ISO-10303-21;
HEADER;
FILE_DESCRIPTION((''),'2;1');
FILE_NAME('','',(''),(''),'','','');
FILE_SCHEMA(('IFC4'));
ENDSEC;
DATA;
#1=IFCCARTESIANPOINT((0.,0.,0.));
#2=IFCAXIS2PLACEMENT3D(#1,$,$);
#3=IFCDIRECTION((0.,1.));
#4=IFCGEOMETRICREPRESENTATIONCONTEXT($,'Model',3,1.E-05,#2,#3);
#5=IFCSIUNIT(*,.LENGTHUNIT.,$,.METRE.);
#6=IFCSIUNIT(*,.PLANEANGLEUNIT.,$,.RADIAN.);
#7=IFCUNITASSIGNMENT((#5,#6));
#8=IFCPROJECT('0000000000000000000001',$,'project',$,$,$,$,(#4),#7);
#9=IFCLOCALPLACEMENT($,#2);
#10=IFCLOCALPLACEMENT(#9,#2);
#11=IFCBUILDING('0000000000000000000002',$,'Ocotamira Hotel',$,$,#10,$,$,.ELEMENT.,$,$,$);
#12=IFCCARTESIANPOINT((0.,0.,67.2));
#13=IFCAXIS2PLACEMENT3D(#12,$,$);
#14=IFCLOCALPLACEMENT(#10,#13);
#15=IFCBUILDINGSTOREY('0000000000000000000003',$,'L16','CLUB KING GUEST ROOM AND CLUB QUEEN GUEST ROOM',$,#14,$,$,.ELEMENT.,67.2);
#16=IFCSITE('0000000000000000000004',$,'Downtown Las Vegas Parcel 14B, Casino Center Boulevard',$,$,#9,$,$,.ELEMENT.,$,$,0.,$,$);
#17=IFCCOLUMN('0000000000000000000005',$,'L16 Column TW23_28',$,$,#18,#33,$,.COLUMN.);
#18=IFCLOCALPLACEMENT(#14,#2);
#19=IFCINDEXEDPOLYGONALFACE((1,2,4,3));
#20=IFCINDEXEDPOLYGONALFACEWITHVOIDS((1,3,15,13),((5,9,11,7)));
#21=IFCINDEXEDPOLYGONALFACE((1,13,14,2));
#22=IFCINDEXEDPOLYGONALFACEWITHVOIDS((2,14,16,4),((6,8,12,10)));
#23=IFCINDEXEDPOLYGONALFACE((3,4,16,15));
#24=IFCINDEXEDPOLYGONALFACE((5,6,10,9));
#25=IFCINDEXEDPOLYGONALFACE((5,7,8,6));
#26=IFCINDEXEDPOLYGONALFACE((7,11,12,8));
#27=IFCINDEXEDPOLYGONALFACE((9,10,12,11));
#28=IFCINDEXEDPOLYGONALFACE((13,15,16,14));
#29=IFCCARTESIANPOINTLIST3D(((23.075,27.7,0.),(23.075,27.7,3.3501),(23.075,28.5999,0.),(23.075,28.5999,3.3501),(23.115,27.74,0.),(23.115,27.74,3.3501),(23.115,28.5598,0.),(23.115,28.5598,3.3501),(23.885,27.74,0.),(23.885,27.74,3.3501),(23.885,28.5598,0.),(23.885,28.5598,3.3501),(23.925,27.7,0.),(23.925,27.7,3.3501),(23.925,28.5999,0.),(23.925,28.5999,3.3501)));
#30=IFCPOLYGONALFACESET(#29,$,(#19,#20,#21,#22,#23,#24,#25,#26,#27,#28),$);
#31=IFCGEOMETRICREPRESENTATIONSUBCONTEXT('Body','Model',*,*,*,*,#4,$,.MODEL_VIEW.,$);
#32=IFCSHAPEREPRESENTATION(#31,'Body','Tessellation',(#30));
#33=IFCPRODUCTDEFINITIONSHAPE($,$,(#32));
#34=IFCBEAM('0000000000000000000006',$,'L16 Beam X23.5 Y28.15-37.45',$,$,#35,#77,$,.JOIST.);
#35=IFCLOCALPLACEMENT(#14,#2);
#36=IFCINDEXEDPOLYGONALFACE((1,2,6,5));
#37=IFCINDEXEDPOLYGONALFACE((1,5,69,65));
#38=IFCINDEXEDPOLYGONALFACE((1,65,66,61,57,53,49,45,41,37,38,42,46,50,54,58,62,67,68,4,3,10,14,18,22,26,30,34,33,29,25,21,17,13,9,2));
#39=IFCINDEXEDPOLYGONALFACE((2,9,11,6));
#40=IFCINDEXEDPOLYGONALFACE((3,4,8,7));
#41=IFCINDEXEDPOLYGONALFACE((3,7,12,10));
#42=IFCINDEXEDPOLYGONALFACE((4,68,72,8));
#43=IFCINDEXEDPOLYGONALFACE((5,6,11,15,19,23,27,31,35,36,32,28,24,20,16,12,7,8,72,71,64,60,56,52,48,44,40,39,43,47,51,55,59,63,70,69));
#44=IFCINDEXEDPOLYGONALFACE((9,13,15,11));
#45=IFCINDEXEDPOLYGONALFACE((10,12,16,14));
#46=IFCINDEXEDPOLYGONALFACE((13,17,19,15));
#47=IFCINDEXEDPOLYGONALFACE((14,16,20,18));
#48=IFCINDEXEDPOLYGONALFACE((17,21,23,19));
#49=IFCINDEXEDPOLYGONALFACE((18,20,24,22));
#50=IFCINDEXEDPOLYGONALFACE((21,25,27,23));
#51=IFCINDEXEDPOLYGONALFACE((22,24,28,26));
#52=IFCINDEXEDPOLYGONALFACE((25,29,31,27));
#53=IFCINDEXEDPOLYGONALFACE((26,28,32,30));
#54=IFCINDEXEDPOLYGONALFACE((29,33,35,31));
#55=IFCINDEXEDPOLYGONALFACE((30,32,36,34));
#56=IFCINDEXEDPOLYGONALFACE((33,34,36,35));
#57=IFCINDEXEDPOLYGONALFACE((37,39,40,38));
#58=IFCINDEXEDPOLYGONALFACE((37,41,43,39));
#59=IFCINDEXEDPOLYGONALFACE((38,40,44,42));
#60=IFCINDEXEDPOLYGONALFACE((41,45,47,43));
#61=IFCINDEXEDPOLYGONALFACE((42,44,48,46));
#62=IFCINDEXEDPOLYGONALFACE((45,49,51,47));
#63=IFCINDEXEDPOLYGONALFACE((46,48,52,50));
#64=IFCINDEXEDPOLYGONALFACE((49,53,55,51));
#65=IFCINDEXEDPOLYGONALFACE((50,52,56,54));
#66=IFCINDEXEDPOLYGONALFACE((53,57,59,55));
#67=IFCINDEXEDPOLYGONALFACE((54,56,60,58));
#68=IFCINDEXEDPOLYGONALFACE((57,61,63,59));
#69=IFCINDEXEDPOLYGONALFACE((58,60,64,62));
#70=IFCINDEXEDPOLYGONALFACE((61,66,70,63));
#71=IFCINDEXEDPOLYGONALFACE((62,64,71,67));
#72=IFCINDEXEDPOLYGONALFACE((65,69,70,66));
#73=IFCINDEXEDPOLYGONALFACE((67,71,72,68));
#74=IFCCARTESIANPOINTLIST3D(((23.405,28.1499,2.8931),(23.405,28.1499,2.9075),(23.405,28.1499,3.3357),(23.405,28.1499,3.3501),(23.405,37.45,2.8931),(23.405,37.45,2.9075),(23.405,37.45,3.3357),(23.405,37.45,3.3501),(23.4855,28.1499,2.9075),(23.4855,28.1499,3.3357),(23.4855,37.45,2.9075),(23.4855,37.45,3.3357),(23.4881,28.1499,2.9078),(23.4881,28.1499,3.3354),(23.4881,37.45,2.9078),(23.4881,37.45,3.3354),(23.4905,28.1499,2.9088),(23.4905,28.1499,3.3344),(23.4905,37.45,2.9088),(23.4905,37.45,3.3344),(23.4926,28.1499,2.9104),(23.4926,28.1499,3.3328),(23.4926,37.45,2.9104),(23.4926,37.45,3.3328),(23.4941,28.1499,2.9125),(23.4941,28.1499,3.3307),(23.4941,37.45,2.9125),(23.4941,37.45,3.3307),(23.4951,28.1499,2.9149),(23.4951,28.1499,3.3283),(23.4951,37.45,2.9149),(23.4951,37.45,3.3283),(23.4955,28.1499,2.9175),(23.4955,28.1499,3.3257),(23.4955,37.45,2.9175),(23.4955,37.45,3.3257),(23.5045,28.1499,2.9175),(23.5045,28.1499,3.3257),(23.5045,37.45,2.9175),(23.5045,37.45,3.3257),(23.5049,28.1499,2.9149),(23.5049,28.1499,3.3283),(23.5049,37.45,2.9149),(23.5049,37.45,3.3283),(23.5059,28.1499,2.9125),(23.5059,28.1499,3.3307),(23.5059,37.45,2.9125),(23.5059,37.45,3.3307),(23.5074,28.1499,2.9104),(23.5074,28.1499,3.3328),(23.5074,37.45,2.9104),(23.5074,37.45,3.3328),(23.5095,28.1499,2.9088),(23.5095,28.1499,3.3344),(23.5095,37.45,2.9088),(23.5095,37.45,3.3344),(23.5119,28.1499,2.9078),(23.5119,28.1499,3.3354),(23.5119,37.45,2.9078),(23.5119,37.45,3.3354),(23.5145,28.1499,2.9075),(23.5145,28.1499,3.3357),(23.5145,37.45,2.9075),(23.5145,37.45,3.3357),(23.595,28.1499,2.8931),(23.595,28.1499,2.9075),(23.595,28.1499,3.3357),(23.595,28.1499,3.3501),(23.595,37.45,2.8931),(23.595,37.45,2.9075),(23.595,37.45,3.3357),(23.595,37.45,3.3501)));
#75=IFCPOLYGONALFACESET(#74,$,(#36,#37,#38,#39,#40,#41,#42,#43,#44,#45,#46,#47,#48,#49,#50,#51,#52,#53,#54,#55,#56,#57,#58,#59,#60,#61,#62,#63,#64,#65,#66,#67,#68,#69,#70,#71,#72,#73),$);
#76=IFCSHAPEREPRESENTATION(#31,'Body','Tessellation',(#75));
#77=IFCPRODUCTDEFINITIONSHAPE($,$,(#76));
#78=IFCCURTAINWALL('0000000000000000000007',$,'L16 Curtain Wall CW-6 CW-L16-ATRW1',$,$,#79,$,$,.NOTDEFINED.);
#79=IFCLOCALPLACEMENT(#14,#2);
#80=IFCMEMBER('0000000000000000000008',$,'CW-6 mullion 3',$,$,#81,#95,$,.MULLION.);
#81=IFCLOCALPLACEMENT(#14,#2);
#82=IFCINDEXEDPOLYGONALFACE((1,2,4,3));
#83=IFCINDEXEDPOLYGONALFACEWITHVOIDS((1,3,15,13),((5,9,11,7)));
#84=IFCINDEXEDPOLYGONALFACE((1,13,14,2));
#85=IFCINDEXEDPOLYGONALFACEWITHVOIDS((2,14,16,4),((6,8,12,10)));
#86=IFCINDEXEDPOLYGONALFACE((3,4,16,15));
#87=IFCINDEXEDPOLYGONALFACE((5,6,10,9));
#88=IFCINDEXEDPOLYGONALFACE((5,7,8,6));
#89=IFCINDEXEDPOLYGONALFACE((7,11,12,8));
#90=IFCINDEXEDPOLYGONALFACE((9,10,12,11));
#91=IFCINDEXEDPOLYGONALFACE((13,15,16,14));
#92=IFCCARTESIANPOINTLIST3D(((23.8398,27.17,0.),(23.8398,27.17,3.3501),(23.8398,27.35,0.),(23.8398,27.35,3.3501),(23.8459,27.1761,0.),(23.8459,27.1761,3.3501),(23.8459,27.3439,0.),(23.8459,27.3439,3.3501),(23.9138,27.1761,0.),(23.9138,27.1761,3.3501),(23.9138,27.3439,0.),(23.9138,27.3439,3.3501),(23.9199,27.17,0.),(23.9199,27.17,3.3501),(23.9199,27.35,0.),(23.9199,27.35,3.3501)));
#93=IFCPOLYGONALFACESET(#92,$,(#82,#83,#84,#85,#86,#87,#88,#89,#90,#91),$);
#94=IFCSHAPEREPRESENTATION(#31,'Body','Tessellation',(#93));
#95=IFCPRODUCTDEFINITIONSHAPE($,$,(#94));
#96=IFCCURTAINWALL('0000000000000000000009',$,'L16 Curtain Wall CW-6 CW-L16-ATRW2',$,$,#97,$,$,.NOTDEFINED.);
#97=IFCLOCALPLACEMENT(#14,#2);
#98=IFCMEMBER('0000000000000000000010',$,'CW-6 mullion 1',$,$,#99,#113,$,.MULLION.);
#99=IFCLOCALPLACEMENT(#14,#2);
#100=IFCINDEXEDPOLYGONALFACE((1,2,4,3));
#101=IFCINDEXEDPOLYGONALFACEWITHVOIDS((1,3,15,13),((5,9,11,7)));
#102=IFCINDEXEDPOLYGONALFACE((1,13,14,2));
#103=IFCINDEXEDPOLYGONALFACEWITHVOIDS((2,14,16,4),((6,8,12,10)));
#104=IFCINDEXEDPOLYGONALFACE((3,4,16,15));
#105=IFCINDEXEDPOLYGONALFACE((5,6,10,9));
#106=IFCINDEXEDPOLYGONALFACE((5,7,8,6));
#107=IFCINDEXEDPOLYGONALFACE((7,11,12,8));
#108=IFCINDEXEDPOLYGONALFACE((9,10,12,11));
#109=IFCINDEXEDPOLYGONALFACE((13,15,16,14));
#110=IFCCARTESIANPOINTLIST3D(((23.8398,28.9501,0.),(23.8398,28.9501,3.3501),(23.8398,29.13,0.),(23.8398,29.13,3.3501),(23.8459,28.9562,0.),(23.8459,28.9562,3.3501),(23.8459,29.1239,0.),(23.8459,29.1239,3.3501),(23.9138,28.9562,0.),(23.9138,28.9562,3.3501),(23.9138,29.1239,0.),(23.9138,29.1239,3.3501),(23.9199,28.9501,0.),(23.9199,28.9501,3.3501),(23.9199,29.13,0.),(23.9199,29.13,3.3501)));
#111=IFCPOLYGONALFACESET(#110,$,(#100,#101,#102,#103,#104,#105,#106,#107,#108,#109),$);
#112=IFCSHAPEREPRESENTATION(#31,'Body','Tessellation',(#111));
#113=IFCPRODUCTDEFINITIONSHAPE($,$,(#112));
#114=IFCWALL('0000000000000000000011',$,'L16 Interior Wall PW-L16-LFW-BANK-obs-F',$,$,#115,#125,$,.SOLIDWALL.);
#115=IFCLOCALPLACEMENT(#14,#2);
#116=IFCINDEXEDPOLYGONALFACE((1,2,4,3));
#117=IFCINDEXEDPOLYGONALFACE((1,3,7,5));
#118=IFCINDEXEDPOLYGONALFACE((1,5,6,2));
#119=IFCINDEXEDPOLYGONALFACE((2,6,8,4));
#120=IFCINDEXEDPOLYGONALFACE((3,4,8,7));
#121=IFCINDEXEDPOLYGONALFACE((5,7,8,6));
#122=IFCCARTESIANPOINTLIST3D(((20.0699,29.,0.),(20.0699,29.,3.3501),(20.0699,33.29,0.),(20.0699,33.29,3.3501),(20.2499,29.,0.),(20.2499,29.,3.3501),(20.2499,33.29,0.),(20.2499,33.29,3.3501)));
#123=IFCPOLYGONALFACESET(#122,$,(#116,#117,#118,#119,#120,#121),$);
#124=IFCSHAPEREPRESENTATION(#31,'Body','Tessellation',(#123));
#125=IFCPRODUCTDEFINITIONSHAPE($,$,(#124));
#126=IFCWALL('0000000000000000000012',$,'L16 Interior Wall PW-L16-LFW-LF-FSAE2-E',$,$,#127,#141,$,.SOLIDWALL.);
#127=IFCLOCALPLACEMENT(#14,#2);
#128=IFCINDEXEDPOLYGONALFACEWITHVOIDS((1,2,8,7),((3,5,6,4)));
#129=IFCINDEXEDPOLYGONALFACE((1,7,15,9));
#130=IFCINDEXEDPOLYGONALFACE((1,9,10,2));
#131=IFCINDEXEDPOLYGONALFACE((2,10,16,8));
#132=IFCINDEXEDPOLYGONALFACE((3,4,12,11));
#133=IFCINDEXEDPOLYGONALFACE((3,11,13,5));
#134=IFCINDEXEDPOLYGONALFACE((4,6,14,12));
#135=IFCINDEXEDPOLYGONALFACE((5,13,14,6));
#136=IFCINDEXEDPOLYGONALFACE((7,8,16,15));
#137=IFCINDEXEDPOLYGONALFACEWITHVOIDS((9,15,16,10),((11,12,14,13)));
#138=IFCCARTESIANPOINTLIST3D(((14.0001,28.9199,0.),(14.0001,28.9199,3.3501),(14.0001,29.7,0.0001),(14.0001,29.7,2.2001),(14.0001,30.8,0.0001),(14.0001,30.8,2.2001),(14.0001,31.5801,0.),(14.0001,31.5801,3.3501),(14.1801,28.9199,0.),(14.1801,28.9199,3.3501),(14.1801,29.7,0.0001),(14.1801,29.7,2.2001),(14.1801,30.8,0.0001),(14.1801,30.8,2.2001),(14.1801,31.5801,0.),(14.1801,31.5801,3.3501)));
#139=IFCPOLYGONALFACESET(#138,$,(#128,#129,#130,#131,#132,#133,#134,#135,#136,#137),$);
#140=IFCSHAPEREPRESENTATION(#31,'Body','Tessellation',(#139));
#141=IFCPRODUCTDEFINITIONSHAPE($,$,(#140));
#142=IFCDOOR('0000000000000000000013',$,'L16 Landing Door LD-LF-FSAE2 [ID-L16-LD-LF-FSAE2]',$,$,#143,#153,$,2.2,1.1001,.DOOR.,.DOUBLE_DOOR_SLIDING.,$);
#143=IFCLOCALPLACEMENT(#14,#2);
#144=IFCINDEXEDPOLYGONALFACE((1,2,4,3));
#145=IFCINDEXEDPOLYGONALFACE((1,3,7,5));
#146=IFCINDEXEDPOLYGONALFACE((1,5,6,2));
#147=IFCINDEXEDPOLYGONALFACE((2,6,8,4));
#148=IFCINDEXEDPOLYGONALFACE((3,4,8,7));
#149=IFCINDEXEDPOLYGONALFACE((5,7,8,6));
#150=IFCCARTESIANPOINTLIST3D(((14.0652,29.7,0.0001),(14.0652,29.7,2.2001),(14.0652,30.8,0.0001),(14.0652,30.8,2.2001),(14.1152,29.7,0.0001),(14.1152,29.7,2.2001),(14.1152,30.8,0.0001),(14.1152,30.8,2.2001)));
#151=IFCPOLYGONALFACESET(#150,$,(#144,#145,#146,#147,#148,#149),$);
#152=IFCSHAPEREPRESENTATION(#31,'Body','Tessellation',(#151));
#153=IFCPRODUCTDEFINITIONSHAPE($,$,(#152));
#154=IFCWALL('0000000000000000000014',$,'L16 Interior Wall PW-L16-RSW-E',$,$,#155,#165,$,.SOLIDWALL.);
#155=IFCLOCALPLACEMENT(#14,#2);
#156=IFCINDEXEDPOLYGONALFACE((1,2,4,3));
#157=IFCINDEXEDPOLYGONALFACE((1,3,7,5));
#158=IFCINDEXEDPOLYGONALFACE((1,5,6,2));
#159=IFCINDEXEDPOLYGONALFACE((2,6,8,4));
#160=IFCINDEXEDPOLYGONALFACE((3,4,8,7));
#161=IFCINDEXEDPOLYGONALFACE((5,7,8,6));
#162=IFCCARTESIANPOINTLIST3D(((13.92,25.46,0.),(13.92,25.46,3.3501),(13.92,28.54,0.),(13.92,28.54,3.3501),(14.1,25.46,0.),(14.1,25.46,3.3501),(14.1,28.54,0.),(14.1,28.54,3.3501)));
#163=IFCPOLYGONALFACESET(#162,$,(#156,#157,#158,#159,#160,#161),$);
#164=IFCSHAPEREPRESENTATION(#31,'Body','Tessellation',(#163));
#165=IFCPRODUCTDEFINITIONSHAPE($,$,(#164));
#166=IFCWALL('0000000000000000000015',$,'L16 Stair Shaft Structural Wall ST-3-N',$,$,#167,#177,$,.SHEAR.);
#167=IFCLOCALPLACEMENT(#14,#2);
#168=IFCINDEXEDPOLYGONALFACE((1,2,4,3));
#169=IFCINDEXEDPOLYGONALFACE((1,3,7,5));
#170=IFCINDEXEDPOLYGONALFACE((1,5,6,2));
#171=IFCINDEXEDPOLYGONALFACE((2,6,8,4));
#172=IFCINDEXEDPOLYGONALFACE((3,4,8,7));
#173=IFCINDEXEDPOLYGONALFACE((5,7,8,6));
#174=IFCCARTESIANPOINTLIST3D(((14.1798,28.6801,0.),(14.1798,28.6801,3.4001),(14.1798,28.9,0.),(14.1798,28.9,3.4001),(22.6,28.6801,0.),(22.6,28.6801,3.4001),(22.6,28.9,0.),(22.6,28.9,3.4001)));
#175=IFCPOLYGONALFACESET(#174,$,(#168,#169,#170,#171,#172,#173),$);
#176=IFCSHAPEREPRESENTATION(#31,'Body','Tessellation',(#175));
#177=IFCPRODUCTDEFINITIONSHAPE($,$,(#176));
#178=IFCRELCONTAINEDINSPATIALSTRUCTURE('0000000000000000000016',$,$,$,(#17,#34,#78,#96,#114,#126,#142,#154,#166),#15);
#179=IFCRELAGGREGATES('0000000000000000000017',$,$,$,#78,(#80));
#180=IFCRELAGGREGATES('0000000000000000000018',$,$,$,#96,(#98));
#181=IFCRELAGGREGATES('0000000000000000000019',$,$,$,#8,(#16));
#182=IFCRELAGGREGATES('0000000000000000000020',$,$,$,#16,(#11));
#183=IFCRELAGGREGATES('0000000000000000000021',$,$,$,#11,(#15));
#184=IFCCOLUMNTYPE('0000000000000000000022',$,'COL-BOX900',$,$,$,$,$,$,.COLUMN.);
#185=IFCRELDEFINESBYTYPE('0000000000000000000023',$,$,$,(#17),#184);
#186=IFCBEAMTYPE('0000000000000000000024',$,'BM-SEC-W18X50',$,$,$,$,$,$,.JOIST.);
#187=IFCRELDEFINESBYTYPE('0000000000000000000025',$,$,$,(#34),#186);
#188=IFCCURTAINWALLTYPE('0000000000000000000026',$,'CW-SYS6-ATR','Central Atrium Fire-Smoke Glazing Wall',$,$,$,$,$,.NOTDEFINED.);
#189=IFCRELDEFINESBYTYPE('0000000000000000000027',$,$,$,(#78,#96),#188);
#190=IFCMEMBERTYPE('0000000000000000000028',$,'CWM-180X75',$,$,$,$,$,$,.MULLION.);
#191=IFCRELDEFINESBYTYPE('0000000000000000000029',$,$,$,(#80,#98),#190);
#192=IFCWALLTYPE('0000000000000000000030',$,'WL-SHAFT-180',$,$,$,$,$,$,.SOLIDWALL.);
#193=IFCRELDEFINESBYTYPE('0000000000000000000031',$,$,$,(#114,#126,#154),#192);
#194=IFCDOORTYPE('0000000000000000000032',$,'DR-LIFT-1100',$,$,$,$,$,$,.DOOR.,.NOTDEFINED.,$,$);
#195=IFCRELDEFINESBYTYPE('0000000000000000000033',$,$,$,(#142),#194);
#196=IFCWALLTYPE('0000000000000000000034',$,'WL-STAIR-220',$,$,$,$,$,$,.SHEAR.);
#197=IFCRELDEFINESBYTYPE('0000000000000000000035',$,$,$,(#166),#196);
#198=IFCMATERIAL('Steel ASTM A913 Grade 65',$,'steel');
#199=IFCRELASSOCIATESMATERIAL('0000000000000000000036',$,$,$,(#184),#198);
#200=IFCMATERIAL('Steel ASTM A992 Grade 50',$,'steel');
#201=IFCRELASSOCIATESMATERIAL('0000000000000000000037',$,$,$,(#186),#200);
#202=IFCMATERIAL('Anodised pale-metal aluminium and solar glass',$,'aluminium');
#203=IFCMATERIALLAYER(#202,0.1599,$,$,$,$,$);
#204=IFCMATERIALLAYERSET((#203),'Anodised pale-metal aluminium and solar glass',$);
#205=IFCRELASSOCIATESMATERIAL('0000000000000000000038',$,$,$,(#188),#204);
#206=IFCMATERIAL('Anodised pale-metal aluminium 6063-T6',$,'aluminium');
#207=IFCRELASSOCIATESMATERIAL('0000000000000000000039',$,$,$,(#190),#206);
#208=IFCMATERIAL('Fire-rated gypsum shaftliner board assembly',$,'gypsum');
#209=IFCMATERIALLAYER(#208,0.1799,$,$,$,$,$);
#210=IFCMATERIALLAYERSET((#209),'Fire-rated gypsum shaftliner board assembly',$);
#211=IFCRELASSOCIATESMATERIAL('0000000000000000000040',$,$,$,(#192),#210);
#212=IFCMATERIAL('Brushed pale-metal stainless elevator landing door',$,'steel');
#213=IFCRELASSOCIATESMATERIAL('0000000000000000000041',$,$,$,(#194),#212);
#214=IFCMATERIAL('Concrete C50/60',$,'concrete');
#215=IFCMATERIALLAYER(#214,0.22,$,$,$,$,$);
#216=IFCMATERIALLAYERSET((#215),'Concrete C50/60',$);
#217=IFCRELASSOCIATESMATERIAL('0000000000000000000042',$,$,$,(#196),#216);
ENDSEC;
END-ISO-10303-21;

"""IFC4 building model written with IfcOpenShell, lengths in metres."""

from ifc_helpers import new_model, si_unit, direction, frame, frame_2d, origin, origin_2d, place, context, subcontext, project, spatial, rectangle, hollow_rectangle, i_section, extrude, source, transform, mapped, material, layer, layer_set, material_profile, profile_set, type_object, element, fill, aggregate, save


model = new_model("IFC4")

# Units and contexts
model_context = context("Model", 3, precision=1e-05, world=origin(), true_north=direction((0.0, 1.0)))
body_context = subcontext(model_context, "Body", "Model", "MODEL_VIEW")
ifc_project = project(units=[si_unit("LENGTHUNIT", "METRE"), si_unit("PLANEANGLEUNIT", "RADIAN")], contexts=[model_context])

# Site, building, storey
site_placement = place(None, origin())
site = spatial("IfcSite", under=ifc_project, at=site_placement, Name="Downtown Las Vegas Parcel 14B, Casino Center Boulevard", CompositionType="ELEMENT", RefElevation=0.0)
building_placement = place(site_placement, origin())
building = spatial("IfcBuilding", under=site, at=building_placement, Name="Ocotamira Hotel", CompositionType="ELEMENT")
storey_placement = place(building_placement, frame((0.0, 0.0, 67.2)))
storey = spatial("IfcBuildingStorey", under=building, at=storey_placement, Name="L16", Description="CLUB KING GUEST ROOM AND CLUB QUEEN GUEST ROOM", CompositionType="ELEMENT", Elevation=67.2)

# Column
ifc_material_1 = material(Name="Steel ASTM A913 Grade 65", Category="steel")
ifc_material_profile_1 = material_profile(ifc_material_1, hollow_rectangle(XDim=0.8501, YDim=0.8999, WallThickness=0.04, at=origin_2d()), Name="BOX900X850X40")
ifc_profile_set_1 = profile_set([ifc_material_profile_1], Name="Steel ASTM A913 Grade 65")
column_type = type_object("IfcColumnType", Name="COL-BOX900", PredefinedType="COLUMN", material=ifc_profile_set_1)
shared_shape_1 = source(origin(), body_context, "Body", "SweptSolid", [
    extrude(hollow_rectangle(XDim=0.8501, YDim=0.8999, WallThickness=0.04, at=origin_2d()), origin(), (0.0, 0.0, 1.0), 3.3501),
])
column_placement = place(storey_placement, frame((23.5, 28.1499, 0.0), z_axis=(0.0, 0.0, 1.0), x_axis=(1.0, 0.0, 0.0)))
element("IfcColumn", 1, at=column_placement, inside=storey, type_object=column_type, Name="L16 Column TW23_28", PredefinedType="COLUMN", context=body_context, shape_type="MappedRepresentation", body=[
    mapped(shared_shape_1, transform((0.0, 0.0, 0.0), scale=1.0)),
])

# Beam
ifc_material_2 = material(Name="Steel ASTM A992 Grade 50", Category="steel")
ifc_material_profile_2 = material_profile(ifc_material_2, i_section(OverallWidth=0.1899, OverallDepth=0.457, WebThickness=0.009, FlangeThickness=0.0144, FilletRadius=0.01, at=origin_2d()), Name="W18X50")
ifc_profile_set_2 = profile_set([ifc_material_profile_2], Name="Steel ASTM A992 Grade 50")
beam_type = type_object("IfcBeamType", Name="BM-SEC-W18X50", PredefinedType="JOIST", material=ifc_profile_set_2)
shared_shape_2 = source(origin(), body_context, "Body", "SweptSolid", [
    extrude(i_section(OverallWidth=0.1899, OverallDepth=0.457, WebThickness=0.009, FlangeThickness=0.0144, FilletRadius=0.01, at=origin_2d()), origin(), (0.0, 0.0, 1.0), 9.3),
])
beam_placement = place(storey_placement, frame((23.5, 28.1499, 3.1216), z_axis=(0.0, 1.0, 0.0), x_axis=(-1.0, 0.0, 0.0)))
element("IfcBeam", 2, at=beam_placement, inside=storey, type_object=beam_type, Name="L16 Beam X23.5 Y28.15-37.45", PredefinedType="JOIST", context=body_context, shape_type="MappedRepresentation", body=[
    mapped(shared_shape_2, transform((0.0, 0.0, 0.0), scale=1.0)),
])

# Curtain walls, members
ifc_material_3 = material(Name="Anodised pale-metal aluminium and solar glass", Category="aluminium")
ifc_layer_1 = layer(ifc_material_3, 0.1599)
ifc_layer_set_1 = layer_set([ifc_layer_1], Name="Anodised pale-metal aluminium and solar glass")
curtain_wall_type = type_object("IfcCurtainWallType", Name="CW-SYS6-ATR", Description="Central Atrium Fire-Smoke Glazing Wall", PredefinedType="NOTDEFINED", material=ifc_layer_set_1)
curtain_wall_1_placement = place(storey_placement, origin())
curtain_wall_1 = element("IfcCurtainWall", 3, at=curtain_wall_1_placement, inside=storey, type_object=curtain_wall_type, Name="L16 Curtain Wall CW-6 CW-L16-ATRW1", PredefinedType="NOTDEFINED")
ifc_material_4 = material(Name="Anodised pale-metal aluminium 6063-T6", Category="aluminium")
ifc_material_profile_3 = material_profile(ifc_material_4, hollow_rectangle(XDim=0.0801, YDim=0.1799, WallThickness=0.0061, at=origin_2d()), Name="HSS180X80X6")
ifc_profile_set_3 = profile_set([ifc_material_profile_3], Name="Anodised pale-metal aluminium 6063-T6")
member_type = type_object("IfcMemberType", Name="CWM-180X75", PredefinedType="MULLION", material=ifc_profile_set_3)
shared_shape_3 = source(origin(), body_context, "Body", "SweptSolid", [
    extrude(hollow_rectangle(XDim=0.0801, YDim=0.1799, WallThickness=0.0061, at=origin_2d()), origin(), (0.0, 0.0, 1.0), 3.3501),
])
member_1_placement = place(storey_placement, frame((23.8799, 27.26, 0.0), z_axis=(0.0, 0.0, 1.0), x_axis=(-1.0, 0.0, 0.0)))
member_1 = element("IfcMember", 4, at=member_1_placement, type_object=member_type, Name="CW-6 mullion 3", PredefinedType="MULLION", context=body_context, shape_type="MappedRepresentation", body=[
    mapped(shared_shape_3, transform((0.0, 0.0, 0.0), scale=1.0)),
])
aggregate(curtain_wall_1, [member_1])
curtain_wall_2_placement = place(storey_placement, origin())
curtain_wall_2 = element("IfcCurtainWall", 5, at=curtain_wall_2_placement, inside=storey, type_object=curtain_wall_type, Name="L16 Curtain Wall CW-6 CW-L16-ATRW2", PredefinedType="NOTDEFINED")
member_2_placement = place(storey_placement, frame((23.8799, 29.04, 0.0), z_axis=(0.0, 0.0, 1.0), x_axis=(-1.0, 0.0, 0.0)))
member_2 = element("IfcMember", 6, at=member_2_placement, type_object=member_type, Name="CW-6 mullion 1", PredefinedType="MULLION", context=body_context, shape_type="MappedRepresentation", body=[
    mapped(shared_shape_3, transform((0.0, 0.0, 0.0), scale=1.0)),
])
aggregate(curtain_wall_2, [member_2])

# Wall
ifc_material_5 = material(Name="Fire-rated gypsum shaftliner board assembly", Category="gypsum")
ifc_layer_2 = layer(ifc_material_5, 0.1799)
ifc_layer_set_2 = layer_set([ifc_layer_2], Name="Fire-rated gypsum shaftliner board assembly")
wall_type_1 = type_object("IfcWallType", Name="WL-SHAFT-180", PredefinedType="SOLIDWALL", material=ifc_layer_set_2)
wall_1_placement = place(storey_placement, frame((20.1599, 29.0, 0.0), z_axis=(0.0, 0.0, 1.0), x_axis=(0.0, 1.0, 0.0)))
element("IfcWall", 7, at=wall_1_placement, inside=storey, type_object=wall_type_1, Name="L16 Interior Wall PW-L16-LFW-BANK-obs-F", PredefinedType="SOLIDWALL", context=body_context, shape_type="SweptSolid", body=[
    extrude(rectangle(XDim=4.29, YDim=0.1799, at=frame_2d((2.145, 0.0))), origin(), (0.0, 0.0, 1.0), 3.3501),
])

# Wall, opening, door
wall_2_placement = place(storey_placement, frame((14.0901, 28.9199, 0.0), z_axis=(0.0, 0.0, 1.0), x_axis=(0.0, 1.0, 0.0)))
wall_2 = element("IfcWall", 8, at=wall_2_placement, inside=storey, type_object=wall_type_1, Name="L16 Interior Wall PW-L16-LFW-LF-FSAE2-E", PredefinedType="SOLIDWALL", context=body_context, shape_type="SweptSolid", body=[
    extrude(rectangle(XDim=2.6602, YDim=0.1799, at=frame_2d((1.3301, 0.0))), origin(), (0.0, 0.0, 1.0), 3.3501),
])
opening_1_placement = place(wall_2_placement, frame((0.78, 0.0, 0.0)))
opening_1 = element("IfcOpeningElement", 9, at=opening_1_placement, cuts=wall_2, PredefinedType="OPENING", context=body_context, shape_type="SweptSolid", body=[
    extrude(rectangle(XDim=1.1001, YDim=2.2, at=frame_2d((0.55, 1.1001))), frame((0.0, 0.1001, 0.0), z_axis=(0.0, -1.0, 0.0), x_axis=(1.0, 0.0, 0.0)), (0.0, 0.0, 1.0), 0.2),
])
ifc_material_6 = material(Name="Brushed pale-metal stainless elevator landing door", Category="steel")
door_type_1 = type_object("IfcDoorType", Name="DR-LIFT-1100", OperationType="NOTDEFINED", PredefinedType="DOOR", material=ifc_material_6)
shared_shape_4 = source(origin(), body_context, "Body", "SweptSolid", [
    extrude(rectangle(XDim=1.1001, YDim=2.2, at=frame_2d((0.55, 1.1001))), frame((0.0, 0.0249, 0.0), z_axis=(0.0, -1.0, 0.0), x_axis=(1.0, 0.0, 0.0)), (0.0, 0.0, 1.0), 0.05),
])
door_1_placement = place(opening_1_placement, origin())
door_1 = element("IfcDoor", 10, at=door_1_placement, inside=storey, type_object=door_type_1, Name="L16 Landing Door LD-LF-FSAE2 [ID-L16-LD-LF-FSAE2]", OperationType="DOUBLE_DOOR_SLIDING", OverallHeight=2.2, OverallWidth=1.1001, PredefinedType="DOOR", context=body_context, shape_type="MappedRepresentation", body=[
    mapped(shared_shape_4, transform((0.0, 0.0, 0.0), scale=1.0)),
])
fill(opening_1, door_1)

# Walls
wall_3_placement = place(storey_placement, frame((14.01, 25.46, 0.0), z_axis=(0.0, 0.0, 1.0), x_axis=(0.0, 1.0, 0.0)))
element("IfcWall", 11, at=wall_3_placement, inside=storey, type_object=wall_type_1, Name="L16 Interior Wall PW-L16-RSW-E", PredefinedType="SOLIDWALL", context=body_context, shape_type="SweptSolid", body=[
    extrude(rectangle(XDim=3.0801, YDim=0.1799, at=frame_2d((1.54, 0.0))), origin(), (0.0, 0.0, 1.0), 3.3501),
])
ifc_material_7 = material(Name="Concrete C50/60", Category="concrete")
ifc_layer_3 = layer(ifc_material_7, 0.22)
ifc_layer_set_3 = layer_set([ifc_layer_3], Name="Concrete C50/60")
wall_type_2 = type_object("IfcWallType", Name="WL-STAIR-220", PredefinedType="SHEAR", material=ifc_layer_set_3)
wall_4_placement = place(storey_placement, frame((14.1799, 28.79, 0.0), z_axis=(0.0, 0.0, 1.0), x_axis=(1.0, 0.0, 0.0)))
element("IfcWall", 12, at=wall_4_placement, inside=storey, type_object=wall_type_2, Name="L16 Stair Shaft Structural Wall ST-3-N", PredefinedType="SHEAR", context=body_context, shape_type="SweptSolid", body=[
    extrude(rectangle(XDim=8.4202, YDim=0.22, at=frame_2d((4.21, 0.0))), origin(), (0.0, 0.0, 1.0), 3.4001),
])

save(model, "model.ifc")
